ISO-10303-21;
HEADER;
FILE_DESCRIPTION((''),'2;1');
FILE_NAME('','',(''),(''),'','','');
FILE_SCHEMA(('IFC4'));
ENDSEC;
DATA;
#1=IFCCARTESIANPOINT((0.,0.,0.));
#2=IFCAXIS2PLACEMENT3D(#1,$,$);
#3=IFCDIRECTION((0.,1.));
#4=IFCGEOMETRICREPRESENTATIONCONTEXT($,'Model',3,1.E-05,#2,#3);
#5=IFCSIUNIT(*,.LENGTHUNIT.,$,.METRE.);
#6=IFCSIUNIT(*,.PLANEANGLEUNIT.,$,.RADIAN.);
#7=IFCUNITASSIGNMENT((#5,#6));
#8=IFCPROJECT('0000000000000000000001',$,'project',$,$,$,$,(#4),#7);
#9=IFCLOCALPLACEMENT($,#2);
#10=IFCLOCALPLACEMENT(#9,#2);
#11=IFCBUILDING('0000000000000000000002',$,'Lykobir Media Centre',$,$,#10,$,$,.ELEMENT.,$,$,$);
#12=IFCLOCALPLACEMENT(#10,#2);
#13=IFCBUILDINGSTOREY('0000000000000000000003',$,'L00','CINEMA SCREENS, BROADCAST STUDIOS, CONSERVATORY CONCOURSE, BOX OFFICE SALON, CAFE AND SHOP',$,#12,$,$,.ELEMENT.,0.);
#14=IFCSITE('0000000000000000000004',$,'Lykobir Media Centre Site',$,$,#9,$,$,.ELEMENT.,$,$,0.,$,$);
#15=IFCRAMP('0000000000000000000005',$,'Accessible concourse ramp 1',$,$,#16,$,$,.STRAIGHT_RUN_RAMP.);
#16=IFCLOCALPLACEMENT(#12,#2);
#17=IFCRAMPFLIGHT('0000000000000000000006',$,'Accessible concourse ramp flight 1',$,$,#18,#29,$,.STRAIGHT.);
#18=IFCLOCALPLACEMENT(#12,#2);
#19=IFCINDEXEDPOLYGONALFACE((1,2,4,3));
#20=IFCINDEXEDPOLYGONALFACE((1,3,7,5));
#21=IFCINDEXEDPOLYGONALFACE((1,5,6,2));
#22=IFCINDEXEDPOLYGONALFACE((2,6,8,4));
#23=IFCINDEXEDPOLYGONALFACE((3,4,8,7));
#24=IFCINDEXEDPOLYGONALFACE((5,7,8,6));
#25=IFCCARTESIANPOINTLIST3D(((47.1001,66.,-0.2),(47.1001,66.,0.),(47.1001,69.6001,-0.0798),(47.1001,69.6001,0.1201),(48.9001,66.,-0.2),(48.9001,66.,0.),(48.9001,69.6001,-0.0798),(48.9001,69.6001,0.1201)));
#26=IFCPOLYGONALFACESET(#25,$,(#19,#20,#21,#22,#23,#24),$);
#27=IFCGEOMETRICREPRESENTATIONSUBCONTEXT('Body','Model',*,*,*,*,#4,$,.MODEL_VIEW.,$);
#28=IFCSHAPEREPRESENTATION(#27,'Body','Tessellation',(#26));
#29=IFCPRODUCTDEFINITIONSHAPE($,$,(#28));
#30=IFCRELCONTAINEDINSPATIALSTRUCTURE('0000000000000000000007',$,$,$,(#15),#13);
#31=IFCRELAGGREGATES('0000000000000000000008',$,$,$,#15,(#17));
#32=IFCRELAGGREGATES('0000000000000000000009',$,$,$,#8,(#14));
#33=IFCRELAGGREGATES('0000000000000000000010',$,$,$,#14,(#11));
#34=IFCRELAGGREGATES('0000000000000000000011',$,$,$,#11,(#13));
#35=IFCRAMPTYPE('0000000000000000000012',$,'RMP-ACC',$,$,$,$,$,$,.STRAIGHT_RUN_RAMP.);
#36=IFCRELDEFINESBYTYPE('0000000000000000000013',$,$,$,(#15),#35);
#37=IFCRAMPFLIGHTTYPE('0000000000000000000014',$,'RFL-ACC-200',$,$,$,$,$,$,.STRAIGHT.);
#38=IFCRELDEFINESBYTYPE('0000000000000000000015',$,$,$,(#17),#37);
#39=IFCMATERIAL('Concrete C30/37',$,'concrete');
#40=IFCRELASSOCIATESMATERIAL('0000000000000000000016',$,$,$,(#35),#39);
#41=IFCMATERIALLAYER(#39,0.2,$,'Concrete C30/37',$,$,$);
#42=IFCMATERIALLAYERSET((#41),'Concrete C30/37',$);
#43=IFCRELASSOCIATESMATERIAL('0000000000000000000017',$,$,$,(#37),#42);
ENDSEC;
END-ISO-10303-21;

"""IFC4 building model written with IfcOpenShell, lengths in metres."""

from ifc_helpers import new_model, si_unit, direction, frame, origin, place, context, subcontext, project, spatial, polyline, outline, extrude, material, layer, layer_set, type_object, element, aggregate, save


model = new_model("IFC4")

# Units and contexts
model_context = context("Model", 3, precision=1e-05, world=origin(), true_north=direction((0.0, 1.0)))
body_context = subcontext(model_context, "Body", "Model", "MODEL_VIEW")
ifc_project = project(units=[si_unit("LENGTHUNIT", "METRE"), si_unit("PLANEANGLEUNIT", "RADIAN")], contexts=[model_context])

# Site, building, storey
site_placement = place(None, origin())
site = spatial("IfcSite", under=ifc_project, at=site_placement, Name="Lykobir Media Centre Site", CompositionType="ELEMENT", RefElevation=0.0)
building_placement = place(site_placement, origin())
building = spatial("IfcBuilding", under=site, at=building_placement, Name="Lykobir Media Centre", CompositionType="ELEMENT")
storey_placement = place(building_placement, origin())
storey = spatial("IfcBuildingStorey", under=building, at=storey_placement, Name="L00", Description="CINEMA SCREENS, BROADCAST STUDIOS, CONSERVATORY CONCOURSE, BOX OFFICE SALON, CAFE AND SHOP", CompositionType="ELEMENT", Elevation=0.0)

# Ramp, ramp flight
ifc_material_1 = material(Name="Concrete C30/37", Category="concrete")
ramp_type = type_object("IfcRampType", Name="RMP-ACC", PredefinedType="STRAIGHT_RUN_RAMP", material=ifc_material_1)
ramp_placement = place(storey_placement, origin())
ramp = element("IfcRamp", 1, at=ramp_placement, inside=storey, type_object=ramp_type, Name="Accessible concourse ramp 1", PredefinedType="STRAIGHT_RUN_RAMP")
ifc_layer_1 = layer(ifc_material_1, 0.2, Name="Concrete C30/37")
ifc_layer_set_1 = layer_set([ifc_layer_1], Name="Concrete C30/37")
ramp_flight_type = type_object("IfcRampFlightType", Name="RFL-ACC-200", PredefinedType="STRAIGHT", material=ifc_layer_set_1)
ramp_flight_placement = place(storey_placement, frame((48.0, 66.0, 0.0), z_axis=(0.0, 0.0, 1.0), x_axis=(0.0, 1.0, 0.0)))
ramp_flight = element("IfcRampFlight", 2, at=ramp_flight_placement, type_object=ramp_flight_type, Name="Accessible concourse ramp flight 1", PredefinedType="STRAIGHT", context=body_context, shape_type="SweptSolid", body=[
    extrude(outline(polyline([(0.0, 0.0), (3.6001, 0.1201), (3.6001, -0.0798), (0.0, -0.2), (0.0, 0.0)])), frame((0.0, 0.8999, 0.0), z_axis=(0.0, -1.0, 0.0), x_axis=(1.0, 0.0, 0.0)), (0.0, 0.0, 1.0), 1.8),
])
aggregate(ramp, [ramp_flight])

save(model, "model.ifc")
